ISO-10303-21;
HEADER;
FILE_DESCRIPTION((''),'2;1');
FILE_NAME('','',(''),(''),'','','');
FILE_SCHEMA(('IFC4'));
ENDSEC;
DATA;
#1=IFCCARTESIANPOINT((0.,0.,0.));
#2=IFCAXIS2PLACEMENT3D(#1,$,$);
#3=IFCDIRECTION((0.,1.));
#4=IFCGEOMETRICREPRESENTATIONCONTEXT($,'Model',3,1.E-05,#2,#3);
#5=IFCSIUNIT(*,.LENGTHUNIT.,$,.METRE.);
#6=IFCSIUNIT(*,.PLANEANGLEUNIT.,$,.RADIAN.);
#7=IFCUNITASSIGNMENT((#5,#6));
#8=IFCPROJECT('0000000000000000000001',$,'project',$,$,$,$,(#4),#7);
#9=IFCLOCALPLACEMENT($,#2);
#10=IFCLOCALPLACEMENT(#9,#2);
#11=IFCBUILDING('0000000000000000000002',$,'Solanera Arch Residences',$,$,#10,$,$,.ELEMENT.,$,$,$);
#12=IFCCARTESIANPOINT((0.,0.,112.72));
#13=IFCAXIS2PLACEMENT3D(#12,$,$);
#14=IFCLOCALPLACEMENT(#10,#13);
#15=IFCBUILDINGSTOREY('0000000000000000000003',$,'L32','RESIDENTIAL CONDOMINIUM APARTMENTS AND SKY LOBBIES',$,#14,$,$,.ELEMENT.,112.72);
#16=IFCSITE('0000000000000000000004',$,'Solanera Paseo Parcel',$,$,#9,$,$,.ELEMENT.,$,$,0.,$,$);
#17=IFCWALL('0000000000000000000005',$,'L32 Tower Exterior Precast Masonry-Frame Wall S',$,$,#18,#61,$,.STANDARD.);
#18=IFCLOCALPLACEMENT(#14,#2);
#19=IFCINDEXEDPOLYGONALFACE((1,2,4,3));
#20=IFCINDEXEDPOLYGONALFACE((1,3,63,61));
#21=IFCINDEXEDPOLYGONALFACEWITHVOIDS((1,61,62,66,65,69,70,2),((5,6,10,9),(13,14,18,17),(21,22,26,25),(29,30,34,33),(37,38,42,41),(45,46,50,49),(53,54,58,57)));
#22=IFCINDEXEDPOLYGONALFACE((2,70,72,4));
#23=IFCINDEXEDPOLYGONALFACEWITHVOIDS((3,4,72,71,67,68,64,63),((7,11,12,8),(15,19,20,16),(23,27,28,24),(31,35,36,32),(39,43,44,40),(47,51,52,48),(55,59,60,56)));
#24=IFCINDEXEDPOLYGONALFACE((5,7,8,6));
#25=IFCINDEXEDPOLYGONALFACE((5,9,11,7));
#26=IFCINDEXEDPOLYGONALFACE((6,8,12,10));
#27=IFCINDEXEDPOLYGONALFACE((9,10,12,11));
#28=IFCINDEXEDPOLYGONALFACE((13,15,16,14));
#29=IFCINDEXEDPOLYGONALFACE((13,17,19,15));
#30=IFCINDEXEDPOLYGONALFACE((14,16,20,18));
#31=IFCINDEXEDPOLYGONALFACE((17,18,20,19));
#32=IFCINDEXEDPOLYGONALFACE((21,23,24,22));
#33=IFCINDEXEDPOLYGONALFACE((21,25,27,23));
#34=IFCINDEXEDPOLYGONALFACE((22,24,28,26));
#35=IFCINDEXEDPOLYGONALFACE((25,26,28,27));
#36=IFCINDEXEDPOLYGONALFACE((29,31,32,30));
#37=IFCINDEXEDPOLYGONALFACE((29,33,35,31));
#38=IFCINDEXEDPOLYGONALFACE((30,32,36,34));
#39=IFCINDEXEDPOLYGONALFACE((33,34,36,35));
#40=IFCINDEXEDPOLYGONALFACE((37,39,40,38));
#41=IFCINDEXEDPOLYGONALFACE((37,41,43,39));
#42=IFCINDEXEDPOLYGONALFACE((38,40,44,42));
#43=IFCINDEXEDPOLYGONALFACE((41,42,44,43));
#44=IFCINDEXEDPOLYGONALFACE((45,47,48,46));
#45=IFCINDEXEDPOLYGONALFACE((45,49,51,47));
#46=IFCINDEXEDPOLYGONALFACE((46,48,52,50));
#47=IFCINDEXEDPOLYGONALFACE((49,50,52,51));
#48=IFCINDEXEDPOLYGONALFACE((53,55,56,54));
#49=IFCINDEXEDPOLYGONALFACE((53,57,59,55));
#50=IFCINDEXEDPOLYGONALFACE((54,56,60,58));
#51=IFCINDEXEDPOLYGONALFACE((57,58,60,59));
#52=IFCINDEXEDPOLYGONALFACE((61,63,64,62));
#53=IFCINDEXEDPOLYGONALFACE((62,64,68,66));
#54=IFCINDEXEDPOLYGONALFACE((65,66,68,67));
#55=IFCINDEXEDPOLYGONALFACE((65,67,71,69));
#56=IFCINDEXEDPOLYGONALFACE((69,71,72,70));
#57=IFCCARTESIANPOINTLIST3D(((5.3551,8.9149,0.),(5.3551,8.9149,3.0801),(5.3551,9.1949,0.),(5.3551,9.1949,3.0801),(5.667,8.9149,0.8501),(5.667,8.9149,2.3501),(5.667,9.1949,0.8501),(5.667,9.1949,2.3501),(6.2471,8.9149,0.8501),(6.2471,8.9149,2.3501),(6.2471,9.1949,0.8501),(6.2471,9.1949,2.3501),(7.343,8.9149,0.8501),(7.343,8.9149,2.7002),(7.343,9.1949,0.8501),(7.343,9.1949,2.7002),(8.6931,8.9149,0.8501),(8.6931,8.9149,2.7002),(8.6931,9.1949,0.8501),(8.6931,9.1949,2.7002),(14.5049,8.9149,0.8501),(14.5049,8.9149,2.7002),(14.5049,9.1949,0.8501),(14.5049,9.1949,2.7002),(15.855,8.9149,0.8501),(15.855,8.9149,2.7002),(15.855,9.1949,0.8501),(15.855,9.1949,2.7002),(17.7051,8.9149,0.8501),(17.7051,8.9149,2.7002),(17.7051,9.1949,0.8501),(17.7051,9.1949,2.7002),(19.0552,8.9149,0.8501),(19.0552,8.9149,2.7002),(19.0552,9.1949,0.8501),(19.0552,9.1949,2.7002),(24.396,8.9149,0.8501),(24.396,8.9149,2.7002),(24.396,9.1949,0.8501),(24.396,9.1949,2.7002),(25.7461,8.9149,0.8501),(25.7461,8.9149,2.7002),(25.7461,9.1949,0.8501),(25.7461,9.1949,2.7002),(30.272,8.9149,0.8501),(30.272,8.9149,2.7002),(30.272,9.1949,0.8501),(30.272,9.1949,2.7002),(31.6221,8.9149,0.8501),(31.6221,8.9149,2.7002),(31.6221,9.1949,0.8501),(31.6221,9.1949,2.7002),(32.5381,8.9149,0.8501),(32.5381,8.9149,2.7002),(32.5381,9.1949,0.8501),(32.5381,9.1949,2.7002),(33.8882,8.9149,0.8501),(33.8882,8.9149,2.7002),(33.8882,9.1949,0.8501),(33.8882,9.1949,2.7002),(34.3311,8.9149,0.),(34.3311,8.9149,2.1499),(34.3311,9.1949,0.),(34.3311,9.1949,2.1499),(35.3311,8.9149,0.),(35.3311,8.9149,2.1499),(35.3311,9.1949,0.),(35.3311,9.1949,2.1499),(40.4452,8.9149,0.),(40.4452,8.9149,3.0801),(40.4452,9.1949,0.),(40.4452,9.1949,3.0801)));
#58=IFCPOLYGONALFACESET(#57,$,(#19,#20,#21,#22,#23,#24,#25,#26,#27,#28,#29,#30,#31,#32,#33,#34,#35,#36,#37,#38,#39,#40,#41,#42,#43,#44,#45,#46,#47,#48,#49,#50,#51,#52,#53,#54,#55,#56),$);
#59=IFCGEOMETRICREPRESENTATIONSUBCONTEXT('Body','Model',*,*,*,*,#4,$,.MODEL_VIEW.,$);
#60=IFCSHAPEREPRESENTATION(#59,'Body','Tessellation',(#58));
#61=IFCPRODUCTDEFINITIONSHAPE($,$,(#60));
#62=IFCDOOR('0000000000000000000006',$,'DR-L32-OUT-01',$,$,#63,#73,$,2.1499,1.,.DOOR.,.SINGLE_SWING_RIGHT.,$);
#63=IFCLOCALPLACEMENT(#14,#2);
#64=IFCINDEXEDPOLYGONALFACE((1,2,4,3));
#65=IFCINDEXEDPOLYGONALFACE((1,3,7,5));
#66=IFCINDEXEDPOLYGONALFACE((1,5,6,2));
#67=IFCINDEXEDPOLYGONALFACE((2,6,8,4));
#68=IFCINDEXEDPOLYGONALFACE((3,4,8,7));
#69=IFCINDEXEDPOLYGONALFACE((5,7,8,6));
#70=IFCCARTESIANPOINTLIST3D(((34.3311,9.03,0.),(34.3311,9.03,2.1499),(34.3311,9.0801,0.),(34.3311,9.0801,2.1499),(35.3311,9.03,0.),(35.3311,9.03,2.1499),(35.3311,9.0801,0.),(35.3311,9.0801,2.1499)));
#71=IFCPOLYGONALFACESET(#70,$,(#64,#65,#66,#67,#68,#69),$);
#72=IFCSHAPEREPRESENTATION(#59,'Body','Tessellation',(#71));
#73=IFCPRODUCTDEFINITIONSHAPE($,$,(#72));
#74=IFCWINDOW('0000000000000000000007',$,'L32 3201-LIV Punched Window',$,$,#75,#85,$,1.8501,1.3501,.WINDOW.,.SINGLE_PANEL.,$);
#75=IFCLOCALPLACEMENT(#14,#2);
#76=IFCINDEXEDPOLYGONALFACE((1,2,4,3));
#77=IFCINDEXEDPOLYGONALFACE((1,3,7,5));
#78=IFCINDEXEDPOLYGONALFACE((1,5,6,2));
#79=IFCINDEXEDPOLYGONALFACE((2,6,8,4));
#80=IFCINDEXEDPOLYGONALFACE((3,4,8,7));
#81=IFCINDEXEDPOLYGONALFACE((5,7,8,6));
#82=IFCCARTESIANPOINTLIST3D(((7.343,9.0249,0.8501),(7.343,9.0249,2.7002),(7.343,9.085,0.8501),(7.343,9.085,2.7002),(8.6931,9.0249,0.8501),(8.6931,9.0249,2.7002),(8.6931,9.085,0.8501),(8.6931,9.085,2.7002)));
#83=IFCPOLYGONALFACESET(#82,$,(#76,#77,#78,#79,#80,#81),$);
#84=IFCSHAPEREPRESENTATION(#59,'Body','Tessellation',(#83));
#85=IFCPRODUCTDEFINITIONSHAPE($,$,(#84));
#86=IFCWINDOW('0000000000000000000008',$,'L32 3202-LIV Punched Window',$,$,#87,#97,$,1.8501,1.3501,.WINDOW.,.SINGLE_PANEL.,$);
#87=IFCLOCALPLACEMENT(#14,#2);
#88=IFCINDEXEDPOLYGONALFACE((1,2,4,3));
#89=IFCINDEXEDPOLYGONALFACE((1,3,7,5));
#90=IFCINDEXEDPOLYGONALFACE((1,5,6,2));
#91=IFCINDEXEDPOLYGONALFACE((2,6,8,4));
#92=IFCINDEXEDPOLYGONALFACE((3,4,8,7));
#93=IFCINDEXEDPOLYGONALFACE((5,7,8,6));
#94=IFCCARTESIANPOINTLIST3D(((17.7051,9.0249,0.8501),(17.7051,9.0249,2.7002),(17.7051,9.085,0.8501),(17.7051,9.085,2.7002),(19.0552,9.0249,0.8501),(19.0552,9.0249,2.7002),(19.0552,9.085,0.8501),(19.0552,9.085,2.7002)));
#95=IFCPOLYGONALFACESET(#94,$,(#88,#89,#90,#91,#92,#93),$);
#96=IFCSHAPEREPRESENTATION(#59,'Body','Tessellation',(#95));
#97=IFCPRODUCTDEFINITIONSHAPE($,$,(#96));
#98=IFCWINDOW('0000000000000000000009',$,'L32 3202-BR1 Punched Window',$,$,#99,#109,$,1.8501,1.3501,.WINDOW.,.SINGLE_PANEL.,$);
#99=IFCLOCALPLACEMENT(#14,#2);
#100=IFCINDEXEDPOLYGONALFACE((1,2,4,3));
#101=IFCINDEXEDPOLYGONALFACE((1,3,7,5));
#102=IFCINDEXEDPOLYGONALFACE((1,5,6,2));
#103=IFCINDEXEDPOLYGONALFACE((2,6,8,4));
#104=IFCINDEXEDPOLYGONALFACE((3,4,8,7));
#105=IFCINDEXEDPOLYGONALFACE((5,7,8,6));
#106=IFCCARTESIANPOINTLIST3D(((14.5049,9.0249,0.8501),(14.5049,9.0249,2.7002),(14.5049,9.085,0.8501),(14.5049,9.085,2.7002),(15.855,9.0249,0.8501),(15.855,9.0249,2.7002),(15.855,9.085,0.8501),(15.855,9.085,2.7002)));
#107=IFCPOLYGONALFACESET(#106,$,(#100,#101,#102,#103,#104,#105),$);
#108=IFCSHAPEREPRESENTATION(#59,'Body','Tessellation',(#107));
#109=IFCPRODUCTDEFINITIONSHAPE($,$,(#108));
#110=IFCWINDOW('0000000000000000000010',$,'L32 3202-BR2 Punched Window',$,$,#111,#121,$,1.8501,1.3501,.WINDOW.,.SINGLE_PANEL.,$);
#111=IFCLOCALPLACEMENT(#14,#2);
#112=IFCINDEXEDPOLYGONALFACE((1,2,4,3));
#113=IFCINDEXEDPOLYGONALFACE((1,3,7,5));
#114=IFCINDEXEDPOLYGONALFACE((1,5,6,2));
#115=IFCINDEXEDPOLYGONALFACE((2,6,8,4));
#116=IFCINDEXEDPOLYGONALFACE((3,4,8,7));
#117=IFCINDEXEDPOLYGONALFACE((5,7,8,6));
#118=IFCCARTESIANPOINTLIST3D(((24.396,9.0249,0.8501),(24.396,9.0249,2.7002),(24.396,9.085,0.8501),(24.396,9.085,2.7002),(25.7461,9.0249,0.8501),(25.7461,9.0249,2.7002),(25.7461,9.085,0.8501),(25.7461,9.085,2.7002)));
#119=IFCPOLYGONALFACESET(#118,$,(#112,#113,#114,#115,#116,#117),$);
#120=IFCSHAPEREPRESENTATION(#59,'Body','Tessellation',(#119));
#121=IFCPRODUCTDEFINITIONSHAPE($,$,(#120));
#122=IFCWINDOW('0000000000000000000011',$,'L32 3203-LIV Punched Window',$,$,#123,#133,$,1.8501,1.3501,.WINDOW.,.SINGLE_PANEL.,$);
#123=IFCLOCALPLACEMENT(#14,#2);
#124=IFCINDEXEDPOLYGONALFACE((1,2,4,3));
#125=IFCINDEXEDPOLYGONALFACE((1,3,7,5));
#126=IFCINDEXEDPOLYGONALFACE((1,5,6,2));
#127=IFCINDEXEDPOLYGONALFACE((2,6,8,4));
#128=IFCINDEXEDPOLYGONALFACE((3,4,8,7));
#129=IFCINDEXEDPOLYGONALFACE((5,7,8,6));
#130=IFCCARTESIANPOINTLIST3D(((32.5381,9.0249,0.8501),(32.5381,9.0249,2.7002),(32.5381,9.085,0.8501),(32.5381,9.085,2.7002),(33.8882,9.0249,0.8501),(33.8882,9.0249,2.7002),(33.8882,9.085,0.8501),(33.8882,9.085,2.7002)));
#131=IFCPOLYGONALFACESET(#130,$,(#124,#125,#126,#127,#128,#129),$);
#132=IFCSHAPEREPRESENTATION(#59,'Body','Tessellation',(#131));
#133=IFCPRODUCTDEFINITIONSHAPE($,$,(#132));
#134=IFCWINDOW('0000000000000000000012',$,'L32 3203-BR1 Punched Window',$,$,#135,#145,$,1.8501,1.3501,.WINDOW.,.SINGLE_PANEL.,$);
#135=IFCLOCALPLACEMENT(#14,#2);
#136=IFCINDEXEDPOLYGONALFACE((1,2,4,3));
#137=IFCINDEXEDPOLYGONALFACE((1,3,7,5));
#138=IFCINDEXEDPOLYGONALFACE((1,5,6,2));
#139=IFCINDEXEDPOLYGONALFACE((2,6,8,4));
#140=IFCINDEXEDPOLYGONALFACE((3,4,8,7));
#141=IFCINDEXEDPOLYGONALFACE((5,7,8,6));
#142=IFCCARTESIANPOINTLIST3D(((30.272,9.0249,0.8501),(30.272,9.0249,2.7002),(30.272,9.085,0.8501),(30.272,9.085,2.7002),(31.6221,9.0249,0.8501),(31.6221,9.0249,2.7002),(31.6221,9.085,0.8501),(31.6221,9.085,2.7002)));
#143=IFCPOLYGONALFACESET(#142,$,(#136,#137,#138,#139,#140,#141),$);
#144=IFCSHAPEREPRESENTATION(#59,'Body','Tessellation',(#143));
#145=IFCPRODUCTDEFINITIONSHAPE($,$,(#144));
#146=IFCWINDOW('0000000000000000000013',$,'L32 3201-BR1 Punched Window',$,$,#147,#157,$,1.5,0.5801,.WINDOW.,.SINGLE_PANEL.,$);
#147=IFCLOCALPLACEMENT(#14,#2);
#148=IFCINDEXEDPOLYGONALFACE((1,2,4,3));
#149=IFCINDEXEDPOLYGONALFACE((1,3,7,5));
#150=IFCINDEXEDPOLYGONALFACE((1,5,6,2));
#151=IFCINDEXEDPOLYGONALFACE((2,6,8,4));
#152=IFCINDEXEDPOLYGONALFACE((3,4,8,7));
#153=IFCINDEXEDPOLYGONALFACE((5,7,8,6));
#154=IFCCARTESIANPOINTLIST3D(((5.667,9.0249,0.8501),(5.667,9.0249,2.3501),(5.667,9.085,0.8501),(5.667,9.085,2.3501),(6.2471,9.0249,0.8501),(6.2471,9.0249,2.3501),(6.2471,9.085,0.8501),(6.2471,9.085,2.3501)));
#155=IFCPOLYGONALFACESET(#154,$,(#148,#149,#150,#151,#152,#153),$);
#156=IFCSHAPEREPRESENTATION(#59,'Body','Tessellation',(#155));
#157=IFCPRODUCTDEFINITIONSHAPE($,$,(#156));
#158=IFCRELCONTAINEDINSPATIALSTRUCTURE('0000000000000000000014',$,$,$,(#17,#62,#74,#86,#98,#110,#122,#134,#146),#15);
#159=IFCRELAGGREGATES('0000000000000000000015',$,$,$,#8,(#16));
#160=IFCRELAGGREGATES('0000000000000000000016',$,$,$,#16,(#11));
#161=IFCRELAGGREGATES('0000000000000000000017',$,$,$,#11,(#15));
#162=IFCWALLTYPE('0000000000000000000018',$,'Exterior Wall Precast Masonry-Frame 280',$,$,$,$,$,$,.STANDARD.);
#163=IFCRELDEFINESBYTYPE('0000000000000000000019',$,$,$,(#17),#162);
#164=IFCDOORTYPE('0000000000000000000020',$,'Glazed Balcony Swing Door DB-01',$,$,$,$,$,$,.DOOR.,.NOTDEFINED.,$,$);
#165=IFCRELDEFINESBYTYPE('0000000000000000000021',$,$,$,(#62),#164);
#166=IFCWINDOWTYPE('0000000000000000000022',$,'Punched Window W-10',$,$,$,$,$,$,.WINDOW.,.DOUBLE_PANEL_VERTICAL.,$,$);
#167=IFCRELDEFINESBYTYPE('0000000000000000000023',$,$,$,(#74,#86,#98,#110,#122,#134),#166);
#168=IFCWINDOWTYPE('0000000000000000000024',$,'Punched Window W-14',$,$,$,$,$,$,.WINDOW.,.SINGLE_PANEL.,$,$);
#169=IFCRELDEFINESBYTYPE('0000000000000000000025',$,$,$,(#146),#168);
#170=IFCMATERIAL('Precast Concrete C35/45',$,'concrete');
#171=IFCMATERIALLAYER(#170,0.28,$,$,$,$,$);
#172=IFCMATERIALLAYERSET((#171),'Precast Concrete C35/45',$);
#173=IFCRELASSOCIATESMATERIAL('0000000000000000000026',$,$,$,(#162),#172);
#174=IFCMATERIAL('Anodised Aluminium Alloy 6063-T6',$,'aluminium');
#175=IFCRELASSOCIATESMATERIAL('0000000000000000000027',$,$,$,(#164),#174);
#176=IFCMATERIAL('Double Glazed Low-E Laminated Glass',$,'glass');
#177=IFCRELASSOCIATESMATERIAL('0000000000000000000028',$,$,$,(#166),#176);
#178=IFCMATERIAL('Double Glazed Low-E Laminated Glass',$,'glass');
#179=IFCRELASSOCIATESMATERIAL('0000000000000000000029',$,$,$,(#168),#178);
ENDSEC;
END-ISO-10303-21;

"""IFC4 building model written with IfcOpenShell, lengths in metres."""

from ifc_helpers import new_model, si_unit, direction, frame, frame_2d, origin, place, context, subcontext, project, spatial, rectangle, extrude, material, layer, layer_set, type_object, element, fill, save


model = new_model("IFC4")

# Units and contexts
model_context = context("Model", 3, precision=1e-05, world=origin(), true_north=direction((0.0, 1.0)))
body_context = subcontext(model_context, "Body", "Model", "MODEL_VIEW")
ifc_project = project(units=[si_unit("LENGTHUNIT", "METRE"), si_unit("PLANEANGLEUNIT", "RADIAN")], contexts=[model_context])

# Site, building, storey
site_placement = place(None, origin())
site = spatial("IfcSite", under=ifc_project, at=site_placement, Name="Solanera Paseo Parcel", CompositionType="ELEMENT", RefElevation=0.0)
building_placement = place(site_placement, origin())
building = spatial("IfcBuilding", under=site, at=building_placement, Name="Solanera Arch Residences", CompositionType="ELEMENT")
storey_placement = place(building_placement, frame((0.0, 0.0, 112.72)))
storey = spatial("IfcBuildingStorey", under=building, at=storey_placement, Name="L32", Description="RESIDENTIAL CONDOMINIUM APARTMENTS AND SKY LOBBIES", CompositionType="ELEMENT", Elevation=112.72)

# Shared definitions
ifc_material_1 = material(Name="Precast Concrete C35/45", Category="concrete")
ifc_layer_1 = layer(ifc_material_1, 0.28)
ifc_layer_set_1 = layer_set([ifc_layer_1], Name="Precast Concrete C35/45")
wall_type_1 = type_object("IfcWallType", Name="Exterior Wall Precast Masonry-Frame 280", PredefinedType="STANDARD", material=ifc_layer_set_1)

# Wall, openings, door, windows
wall_1_placement = place(storey_placement, frame((40.4451, 9.0549, 0.0), z_axis=(0.0, 0.0, 1.0), x_axis=(-1.0, 0.0, 0.0)))
wall_1 = element("IfcWall", 1, at=wall_1_placement, inside=storey, type_object=wall_type_1, Name="L32 Tower Exterior Precast Masonry-Frame Wall S", PredefinedType="STANDARD", context=body_context, shape_type="SweptSolid", body=[
    extrude(rectangle(XDim=35.0901, YDim=0.28, at=frame_2d((17.5449, 0.0))), origin(), (0.0, 0.0, 1.0), 3.0801),
])
opening_1_placement = place(wall_1_placement, frame((5.114, 0.0, 0.0)))
opening_1 = element("IfcOpeningElement", 2, at=opening_1_placement, cuts=wall_1, PredefinedType="OPENING", context=body_context, shape_type="SweptSolid", body=[
    extrude(rectangle(XDim=1.0, YDim=2.1499, at=frame_2d((0.5, 1.075))), frame((0.0, 0.1499, 0.0), z_axis=(0.0, -1.0, 0.0), x_axis=(1.0, 0.0, 0.0)), (0.0, 0.0, 1.0), 0.3),
])
opening_2_placement = place(wall_1_placement, frame((31.752, 0.0, 0.8501)))
opening_2 = element("IfcOpeningElement", 3, at=opening_2_placement, cuts=wall_1, PredefinedType="OPENING", context=body_context, shape_type="SweptSolid", body=[
    extrude(rectangle(XDim=1.3501, YDim=1.8501, at=frame_2d((0.675, 0.925))), frame((0.0, 0.1499, 0.0), z_axis=(0.0, -1.0, 0.0), x_axis=(1.0, 0.0, 0.0)), (0.0, 0.0, 1.0), 0.3),
])
opening_3_placement = place(wall_1_placement, frame((34.198, 0.0, 0.8501)))
opening_3 = element("IfcOpeningElement", 4, at=opening_3_placement, cuts=wall_1, PredefinedType="OPENING", context=body_context, shape_type="SweptSolid", body=[
    extrude(rectangle(XDim=0.5801, YDim=1.5, at=frame_2d((0.29, 0.75))), frame((0.0, 0.1499, 0.0), z_axis=(0.0, -1.0, 0.0), x_axis=(1.0, 0.0, 0.0)), (0.0, 0.0, 1.0), 0.3),
])
opening_4_placement = place(wall_1_placement, frame((21.3899, 0.0, 0.8501)))
opening_4 = element("IfcOpeningElement", 5, at=opening_4_placement, cuts=wall_1, PredefinedType="OPENING", context=body_context, shape_type="SweptSolid", body=[
    extrude(rectangle(XDim=1.3501, YDim=1.8501, at=frame_2d((0.675, 0.925))), frame((0.0, 0.1499, 0.0), z_axis=(0.0, -1.0, 0.0), x_axis=(1.0, 0.0, 0.0)), (0.0, 0.0, 1.0), 0.3),
])
opening_5_placement = place(wall_1_placement, frame((24.5901, 0.0, 0.8501)))
opening_5 = element("IfcOpeningElement", 6, at=opening_5_placement, cuts=wall_1, PredefinedType="OPENING", context=body_context, shape_type="SweptSolid", body=[
    extrude(rectangle(XDim=1.3501, YDim=1.8501, at=frame_2d((0.675, 0.925))), frame((0.0, 0.1499, 0.0), z_axis=(0.0, -1.0, 0.0), x_axis=(1.0, 0.0, 0.0)), (0.0, 0.0, 1.0), 0.3),
])
opening_6_placement = place(wall_1_placement, frame((14.699, 0.0, 0.8501)))
opening_6 = element("IfcOpeningElement", 7, at=opening_6_placement, cuts=wall_1, PredefinedType="OPENING", context=body_context, shape_type="SweptSolid", body=[
    extrude(rectangle(XDim=1.3501, YDim=1.8501, at=frame_2d((0.675, 0.925))), frame((0.0, 0.1499, 0.0), z_axis=(0.0, -1.0, 0.0), x_axis=(1.0, 0.0, 0.0)), (0.0, 0.0, 1.0), 0.3),
])
opening_7_placement = place(wall_1_placement, frame((6.5569, 0.0, 0.8501)))
opening_7 = element("IfcOpeningElement", 8, at=opening_7_placement, cuts=wall_1, PredefinedType="OPENING", context=body_context, shape_type="SweptSolid", body=[
    extrude(rectangle(XDim=1.3501, YDim=1.8501, at=frame_2d((0.675, 0.925))), frame((0.0, 0.1499, 0.0), z_axis=(0.0, -1.0, 0.0), x_axis=(1.0, 0.0, 0.0)), (0.0, 0.0, 1.0), 0.3),
])
opening_8_placement = place(wall_1_placement, frame((8.823, 0.0, 0.8501)))
opening_8 = element("IfcOpeningElement", 9, at=opening_8_placement, cuts=wall_1, PredefinedType="OPENING", context=body_context, shape_type="SweptSolid", body=[
    extrude(rectangle(XDim=1.3501, YDim=1.8501, at=frame_2d((0.675, 0.925))), frame((0.0, 0.1499, 0.0), z_axis=(0.0, -1.0, 0.0), x_axis=(1.0, 0.0, 0.0)), (0.0, 0.0, 1.0), 0.3),
])
ifc_material_2 = material(Name="Anodised Aluminium Alloy 6063-T6", Category="aluminium")
door_type_1 = type_object("IfcDoorType", Name="Glazed Balcony Swing Door DB-01", OperationType="NOTDEFINED", PredefinedType="DOOR", material=ifc_material_2)
door_1_placement = place(opening_1_placement, origin())
door_1 = element("IfcDoor", 10, at=door_1_placement, inside=storey, type_object=door_type_1, Name="DR-L32-OUT-01", OperationType="SINGLE_SWING_RIGHT", OverallHeight=2.1499, OverallWidth=1.0, PredefinedType="DOOR", context=body_context, shape_type="SweptSolid", body=[
    extrude(rectangle(XDim=1.0, YDim=2.1499, at=frame_2d((0.5, 1.075))), frame((0.0, 0.0249, 0.0), z_axis=(0.0, -1.0, 0.0), x_axis=(1.0, 0.0, 0.0)), (0.0, 0.0, 1.0), 0.05),
])
fill(opening_1, door_1)
ifc_material_3 = material(Name="Double Glazed Low-E Laminated Glass", Category="glass")
window_type_1 = type_object("IfcWindowType", Name="Punched Window W-10", PartitioningType="DOUBLE_PANEL_VERTICAL", PredefinedType="WINDOW", material=ifc_material_3)
window_1_placement = place(opening_2_placement, origin())
window_1 = element("IfcWindow", 11, at=window_1_placement, inside=storey, type_object=window_type_1, Name="L32 3201-LIV Punched Window", OverallHeight=1.8501, OverallWidth=1.3501, PartitioningType="SINGLE_PANEL", PredefinedType="WINDOW", context=body_context, shape_type="SweptSolid", body=[
    extrude(rectangle(XDim=1.3501, YDim=1.8501, at=frame_2d((0.675, 0.925))), frame((0.0, 0.03, 0.0), z_axis=(0.0, -1.0, 0.0), x_axis=(1.0, 0.0, 0.0)), (0.0, 0.0, 1.0), 0.0601),
])
fill(opening_2, window_1)
window_2_placement = place(opening_4_placement, origin())
window_2 = element("IfcWindow", 12, at=window_2_placement, inside=storey, type_object=window_type_1, Name="L32 3202-LIV Punched Window", OverallHeight=1.8501, OverallWidth=1.3501, PartitioningType="SINGLE_PANEL", PredefinedType="WINDOW", context=body_context, shape_type="SweptSolid", body=[
    extrude(rectangle(XDim=1.3501, YDim=1.8501, at=frame_2d((0.675, 0.925))), frame((0.0, 0.03, 0.0), z_axis=(0.0, -1.0, 0.0), x_axis=(1.0, 0.0, 0.0)), (0.0, 0.0, 1.0), 0.0601),
])
fill(opening_4, window_2)
window_3_placement = place(opening_5_placement, origin())
window_3 = element("IfcWindow", 13, at=window_3_placement, inside=storey, type_object=window_type_1, Name="L32 3202-BR1 Punched Window", OverallHeight=1.8501, OverallWidth=1.3501, PartitioningType="SINGLE_PANEL", PredefinedType="WINDOW", context=body_context, shape_type="SweptSolid", body=[
    extrude(rectangle(XDim=1.3501, YDim=1.8501, at=frame_2d((0.675, 0.925))), frame((0.0, 0.03, 0.0), z_axis=(0.0, -1.0, 0.0), x_axis=(1.0, 0.0, 0.0)), (0.0, 0.0, 1.0), 0.0601),
])
fill(opening_5, window_3)
window_4_placement = place(opening_6_placement, origin())
window_4 = element("IfcWindow", 14, at=window_4_placement, inside=storey, type_object=window_type_1, Name="L32 3202-BR2 Punched Window", OverallHeight=1.8501, OverallWidth=1.3501, PartitioningType="SINGLE_PANEL", PredefinedType="WINDOW", context=body_context, shape_type="SweptSolid", body=[
    extrude(rectangle(XDim=1.3501, YDim=1.8501, at=frame_2d((0.675, 0.925))), frame((0.0, 0.03, 0.0), z_axis=(0.0, -1.0, 0.0), x_axis=(1.0, 0.0, 0.0)), (0.0, 0.0, 1.0), 0.0601),
])
fill(opening_6, window_4)
window_5_placement = place(opening_7_placement, origin())
window_5 = element("IfcWindow", 15, at=window_5_placement, inside=storey, type_object=window_type_1, Name="L32 3203-LIV Punched Window", OverallHeight=1.8501, OverallWidth=1.3501, PartitioningType="SINGLE_PANEL", PredefinedType="WINDOW", context=body_context, shape_type="SweptSolid", body=[
    extrude(rectangle(XDim=1.3501, YDim=1.8501, at=frame_2d((0.675, 0.925))), frame((0.0, 0.03, 0.0), z_axis=(0.0, -1.0, 0.0), x_axis=(1.0, 0.0, 0.0)), (0.0, 0.0, 1.0), 0.0601),
])
fill(opening_7, window_5)
window_6_placement = place(opening_8_placement, origin())
window_6 = element("IfcWindow", 16, at=window_6_placement, inside=storey, type_object=window_type_1, Name="L32 3203-BR1 Punched Window", OverallHeight=1.8501, OverallWidth=1.3501, PartitioningType="SINGLE_PANEL", PredefinedType="WINDOW", context=body_context, shape_type="SweptSolid", body=[
    extrude(rectangle(XDim=1.3501, YDim=1.8501, at=frame_2d((0.675, 0.925))), frame((0.0, 0.03, 0.0), z_axis=(0.0, -1.0, 0.0), x_axis=(1.0, 0.0, 0.0)), (0.0, 0.0, 1.0), 0.0601),
])
fill(opening_8, window_6)
ifc_material_4 = material(Name="Double Glazed Low-E Laminated Glass", Category="glass")
window_type_2 = type_object("IfcWindowType", Name="Punched Window W-14", PartitioningType="SINGLE_PANEL", PredefinedType="WINDOW", material=ifc_material_4)
window_7_placement = place(opening_3_placement, origin())
window_7 = element("IfcWindow", 17, at=window_7_placement, inside=storey, type_object=window_type_2, Name="L32 3201-BR1 Punched Window", OverallHeight=1.5, OverallWidth=0.5801, PartitioningType="SINGLE_PANEL", PredefinedType="WINDOW", context=body_context, shape_type="SweptSolid", body=[
    extrude(rectangle(XDim=0.5801, YDim=1.5, at=frame_2d((0.29, 0.75))), frame((0.0, 0.03, 0.0), z_axis=(0.0, -1.0, 0.0), x_axis=(1.0, 0.0, 0.0)), (0.0, 0.0, 1.0), 0.0601),
])
fill(opening_3, window_7)

save(model, "model.ifc")
